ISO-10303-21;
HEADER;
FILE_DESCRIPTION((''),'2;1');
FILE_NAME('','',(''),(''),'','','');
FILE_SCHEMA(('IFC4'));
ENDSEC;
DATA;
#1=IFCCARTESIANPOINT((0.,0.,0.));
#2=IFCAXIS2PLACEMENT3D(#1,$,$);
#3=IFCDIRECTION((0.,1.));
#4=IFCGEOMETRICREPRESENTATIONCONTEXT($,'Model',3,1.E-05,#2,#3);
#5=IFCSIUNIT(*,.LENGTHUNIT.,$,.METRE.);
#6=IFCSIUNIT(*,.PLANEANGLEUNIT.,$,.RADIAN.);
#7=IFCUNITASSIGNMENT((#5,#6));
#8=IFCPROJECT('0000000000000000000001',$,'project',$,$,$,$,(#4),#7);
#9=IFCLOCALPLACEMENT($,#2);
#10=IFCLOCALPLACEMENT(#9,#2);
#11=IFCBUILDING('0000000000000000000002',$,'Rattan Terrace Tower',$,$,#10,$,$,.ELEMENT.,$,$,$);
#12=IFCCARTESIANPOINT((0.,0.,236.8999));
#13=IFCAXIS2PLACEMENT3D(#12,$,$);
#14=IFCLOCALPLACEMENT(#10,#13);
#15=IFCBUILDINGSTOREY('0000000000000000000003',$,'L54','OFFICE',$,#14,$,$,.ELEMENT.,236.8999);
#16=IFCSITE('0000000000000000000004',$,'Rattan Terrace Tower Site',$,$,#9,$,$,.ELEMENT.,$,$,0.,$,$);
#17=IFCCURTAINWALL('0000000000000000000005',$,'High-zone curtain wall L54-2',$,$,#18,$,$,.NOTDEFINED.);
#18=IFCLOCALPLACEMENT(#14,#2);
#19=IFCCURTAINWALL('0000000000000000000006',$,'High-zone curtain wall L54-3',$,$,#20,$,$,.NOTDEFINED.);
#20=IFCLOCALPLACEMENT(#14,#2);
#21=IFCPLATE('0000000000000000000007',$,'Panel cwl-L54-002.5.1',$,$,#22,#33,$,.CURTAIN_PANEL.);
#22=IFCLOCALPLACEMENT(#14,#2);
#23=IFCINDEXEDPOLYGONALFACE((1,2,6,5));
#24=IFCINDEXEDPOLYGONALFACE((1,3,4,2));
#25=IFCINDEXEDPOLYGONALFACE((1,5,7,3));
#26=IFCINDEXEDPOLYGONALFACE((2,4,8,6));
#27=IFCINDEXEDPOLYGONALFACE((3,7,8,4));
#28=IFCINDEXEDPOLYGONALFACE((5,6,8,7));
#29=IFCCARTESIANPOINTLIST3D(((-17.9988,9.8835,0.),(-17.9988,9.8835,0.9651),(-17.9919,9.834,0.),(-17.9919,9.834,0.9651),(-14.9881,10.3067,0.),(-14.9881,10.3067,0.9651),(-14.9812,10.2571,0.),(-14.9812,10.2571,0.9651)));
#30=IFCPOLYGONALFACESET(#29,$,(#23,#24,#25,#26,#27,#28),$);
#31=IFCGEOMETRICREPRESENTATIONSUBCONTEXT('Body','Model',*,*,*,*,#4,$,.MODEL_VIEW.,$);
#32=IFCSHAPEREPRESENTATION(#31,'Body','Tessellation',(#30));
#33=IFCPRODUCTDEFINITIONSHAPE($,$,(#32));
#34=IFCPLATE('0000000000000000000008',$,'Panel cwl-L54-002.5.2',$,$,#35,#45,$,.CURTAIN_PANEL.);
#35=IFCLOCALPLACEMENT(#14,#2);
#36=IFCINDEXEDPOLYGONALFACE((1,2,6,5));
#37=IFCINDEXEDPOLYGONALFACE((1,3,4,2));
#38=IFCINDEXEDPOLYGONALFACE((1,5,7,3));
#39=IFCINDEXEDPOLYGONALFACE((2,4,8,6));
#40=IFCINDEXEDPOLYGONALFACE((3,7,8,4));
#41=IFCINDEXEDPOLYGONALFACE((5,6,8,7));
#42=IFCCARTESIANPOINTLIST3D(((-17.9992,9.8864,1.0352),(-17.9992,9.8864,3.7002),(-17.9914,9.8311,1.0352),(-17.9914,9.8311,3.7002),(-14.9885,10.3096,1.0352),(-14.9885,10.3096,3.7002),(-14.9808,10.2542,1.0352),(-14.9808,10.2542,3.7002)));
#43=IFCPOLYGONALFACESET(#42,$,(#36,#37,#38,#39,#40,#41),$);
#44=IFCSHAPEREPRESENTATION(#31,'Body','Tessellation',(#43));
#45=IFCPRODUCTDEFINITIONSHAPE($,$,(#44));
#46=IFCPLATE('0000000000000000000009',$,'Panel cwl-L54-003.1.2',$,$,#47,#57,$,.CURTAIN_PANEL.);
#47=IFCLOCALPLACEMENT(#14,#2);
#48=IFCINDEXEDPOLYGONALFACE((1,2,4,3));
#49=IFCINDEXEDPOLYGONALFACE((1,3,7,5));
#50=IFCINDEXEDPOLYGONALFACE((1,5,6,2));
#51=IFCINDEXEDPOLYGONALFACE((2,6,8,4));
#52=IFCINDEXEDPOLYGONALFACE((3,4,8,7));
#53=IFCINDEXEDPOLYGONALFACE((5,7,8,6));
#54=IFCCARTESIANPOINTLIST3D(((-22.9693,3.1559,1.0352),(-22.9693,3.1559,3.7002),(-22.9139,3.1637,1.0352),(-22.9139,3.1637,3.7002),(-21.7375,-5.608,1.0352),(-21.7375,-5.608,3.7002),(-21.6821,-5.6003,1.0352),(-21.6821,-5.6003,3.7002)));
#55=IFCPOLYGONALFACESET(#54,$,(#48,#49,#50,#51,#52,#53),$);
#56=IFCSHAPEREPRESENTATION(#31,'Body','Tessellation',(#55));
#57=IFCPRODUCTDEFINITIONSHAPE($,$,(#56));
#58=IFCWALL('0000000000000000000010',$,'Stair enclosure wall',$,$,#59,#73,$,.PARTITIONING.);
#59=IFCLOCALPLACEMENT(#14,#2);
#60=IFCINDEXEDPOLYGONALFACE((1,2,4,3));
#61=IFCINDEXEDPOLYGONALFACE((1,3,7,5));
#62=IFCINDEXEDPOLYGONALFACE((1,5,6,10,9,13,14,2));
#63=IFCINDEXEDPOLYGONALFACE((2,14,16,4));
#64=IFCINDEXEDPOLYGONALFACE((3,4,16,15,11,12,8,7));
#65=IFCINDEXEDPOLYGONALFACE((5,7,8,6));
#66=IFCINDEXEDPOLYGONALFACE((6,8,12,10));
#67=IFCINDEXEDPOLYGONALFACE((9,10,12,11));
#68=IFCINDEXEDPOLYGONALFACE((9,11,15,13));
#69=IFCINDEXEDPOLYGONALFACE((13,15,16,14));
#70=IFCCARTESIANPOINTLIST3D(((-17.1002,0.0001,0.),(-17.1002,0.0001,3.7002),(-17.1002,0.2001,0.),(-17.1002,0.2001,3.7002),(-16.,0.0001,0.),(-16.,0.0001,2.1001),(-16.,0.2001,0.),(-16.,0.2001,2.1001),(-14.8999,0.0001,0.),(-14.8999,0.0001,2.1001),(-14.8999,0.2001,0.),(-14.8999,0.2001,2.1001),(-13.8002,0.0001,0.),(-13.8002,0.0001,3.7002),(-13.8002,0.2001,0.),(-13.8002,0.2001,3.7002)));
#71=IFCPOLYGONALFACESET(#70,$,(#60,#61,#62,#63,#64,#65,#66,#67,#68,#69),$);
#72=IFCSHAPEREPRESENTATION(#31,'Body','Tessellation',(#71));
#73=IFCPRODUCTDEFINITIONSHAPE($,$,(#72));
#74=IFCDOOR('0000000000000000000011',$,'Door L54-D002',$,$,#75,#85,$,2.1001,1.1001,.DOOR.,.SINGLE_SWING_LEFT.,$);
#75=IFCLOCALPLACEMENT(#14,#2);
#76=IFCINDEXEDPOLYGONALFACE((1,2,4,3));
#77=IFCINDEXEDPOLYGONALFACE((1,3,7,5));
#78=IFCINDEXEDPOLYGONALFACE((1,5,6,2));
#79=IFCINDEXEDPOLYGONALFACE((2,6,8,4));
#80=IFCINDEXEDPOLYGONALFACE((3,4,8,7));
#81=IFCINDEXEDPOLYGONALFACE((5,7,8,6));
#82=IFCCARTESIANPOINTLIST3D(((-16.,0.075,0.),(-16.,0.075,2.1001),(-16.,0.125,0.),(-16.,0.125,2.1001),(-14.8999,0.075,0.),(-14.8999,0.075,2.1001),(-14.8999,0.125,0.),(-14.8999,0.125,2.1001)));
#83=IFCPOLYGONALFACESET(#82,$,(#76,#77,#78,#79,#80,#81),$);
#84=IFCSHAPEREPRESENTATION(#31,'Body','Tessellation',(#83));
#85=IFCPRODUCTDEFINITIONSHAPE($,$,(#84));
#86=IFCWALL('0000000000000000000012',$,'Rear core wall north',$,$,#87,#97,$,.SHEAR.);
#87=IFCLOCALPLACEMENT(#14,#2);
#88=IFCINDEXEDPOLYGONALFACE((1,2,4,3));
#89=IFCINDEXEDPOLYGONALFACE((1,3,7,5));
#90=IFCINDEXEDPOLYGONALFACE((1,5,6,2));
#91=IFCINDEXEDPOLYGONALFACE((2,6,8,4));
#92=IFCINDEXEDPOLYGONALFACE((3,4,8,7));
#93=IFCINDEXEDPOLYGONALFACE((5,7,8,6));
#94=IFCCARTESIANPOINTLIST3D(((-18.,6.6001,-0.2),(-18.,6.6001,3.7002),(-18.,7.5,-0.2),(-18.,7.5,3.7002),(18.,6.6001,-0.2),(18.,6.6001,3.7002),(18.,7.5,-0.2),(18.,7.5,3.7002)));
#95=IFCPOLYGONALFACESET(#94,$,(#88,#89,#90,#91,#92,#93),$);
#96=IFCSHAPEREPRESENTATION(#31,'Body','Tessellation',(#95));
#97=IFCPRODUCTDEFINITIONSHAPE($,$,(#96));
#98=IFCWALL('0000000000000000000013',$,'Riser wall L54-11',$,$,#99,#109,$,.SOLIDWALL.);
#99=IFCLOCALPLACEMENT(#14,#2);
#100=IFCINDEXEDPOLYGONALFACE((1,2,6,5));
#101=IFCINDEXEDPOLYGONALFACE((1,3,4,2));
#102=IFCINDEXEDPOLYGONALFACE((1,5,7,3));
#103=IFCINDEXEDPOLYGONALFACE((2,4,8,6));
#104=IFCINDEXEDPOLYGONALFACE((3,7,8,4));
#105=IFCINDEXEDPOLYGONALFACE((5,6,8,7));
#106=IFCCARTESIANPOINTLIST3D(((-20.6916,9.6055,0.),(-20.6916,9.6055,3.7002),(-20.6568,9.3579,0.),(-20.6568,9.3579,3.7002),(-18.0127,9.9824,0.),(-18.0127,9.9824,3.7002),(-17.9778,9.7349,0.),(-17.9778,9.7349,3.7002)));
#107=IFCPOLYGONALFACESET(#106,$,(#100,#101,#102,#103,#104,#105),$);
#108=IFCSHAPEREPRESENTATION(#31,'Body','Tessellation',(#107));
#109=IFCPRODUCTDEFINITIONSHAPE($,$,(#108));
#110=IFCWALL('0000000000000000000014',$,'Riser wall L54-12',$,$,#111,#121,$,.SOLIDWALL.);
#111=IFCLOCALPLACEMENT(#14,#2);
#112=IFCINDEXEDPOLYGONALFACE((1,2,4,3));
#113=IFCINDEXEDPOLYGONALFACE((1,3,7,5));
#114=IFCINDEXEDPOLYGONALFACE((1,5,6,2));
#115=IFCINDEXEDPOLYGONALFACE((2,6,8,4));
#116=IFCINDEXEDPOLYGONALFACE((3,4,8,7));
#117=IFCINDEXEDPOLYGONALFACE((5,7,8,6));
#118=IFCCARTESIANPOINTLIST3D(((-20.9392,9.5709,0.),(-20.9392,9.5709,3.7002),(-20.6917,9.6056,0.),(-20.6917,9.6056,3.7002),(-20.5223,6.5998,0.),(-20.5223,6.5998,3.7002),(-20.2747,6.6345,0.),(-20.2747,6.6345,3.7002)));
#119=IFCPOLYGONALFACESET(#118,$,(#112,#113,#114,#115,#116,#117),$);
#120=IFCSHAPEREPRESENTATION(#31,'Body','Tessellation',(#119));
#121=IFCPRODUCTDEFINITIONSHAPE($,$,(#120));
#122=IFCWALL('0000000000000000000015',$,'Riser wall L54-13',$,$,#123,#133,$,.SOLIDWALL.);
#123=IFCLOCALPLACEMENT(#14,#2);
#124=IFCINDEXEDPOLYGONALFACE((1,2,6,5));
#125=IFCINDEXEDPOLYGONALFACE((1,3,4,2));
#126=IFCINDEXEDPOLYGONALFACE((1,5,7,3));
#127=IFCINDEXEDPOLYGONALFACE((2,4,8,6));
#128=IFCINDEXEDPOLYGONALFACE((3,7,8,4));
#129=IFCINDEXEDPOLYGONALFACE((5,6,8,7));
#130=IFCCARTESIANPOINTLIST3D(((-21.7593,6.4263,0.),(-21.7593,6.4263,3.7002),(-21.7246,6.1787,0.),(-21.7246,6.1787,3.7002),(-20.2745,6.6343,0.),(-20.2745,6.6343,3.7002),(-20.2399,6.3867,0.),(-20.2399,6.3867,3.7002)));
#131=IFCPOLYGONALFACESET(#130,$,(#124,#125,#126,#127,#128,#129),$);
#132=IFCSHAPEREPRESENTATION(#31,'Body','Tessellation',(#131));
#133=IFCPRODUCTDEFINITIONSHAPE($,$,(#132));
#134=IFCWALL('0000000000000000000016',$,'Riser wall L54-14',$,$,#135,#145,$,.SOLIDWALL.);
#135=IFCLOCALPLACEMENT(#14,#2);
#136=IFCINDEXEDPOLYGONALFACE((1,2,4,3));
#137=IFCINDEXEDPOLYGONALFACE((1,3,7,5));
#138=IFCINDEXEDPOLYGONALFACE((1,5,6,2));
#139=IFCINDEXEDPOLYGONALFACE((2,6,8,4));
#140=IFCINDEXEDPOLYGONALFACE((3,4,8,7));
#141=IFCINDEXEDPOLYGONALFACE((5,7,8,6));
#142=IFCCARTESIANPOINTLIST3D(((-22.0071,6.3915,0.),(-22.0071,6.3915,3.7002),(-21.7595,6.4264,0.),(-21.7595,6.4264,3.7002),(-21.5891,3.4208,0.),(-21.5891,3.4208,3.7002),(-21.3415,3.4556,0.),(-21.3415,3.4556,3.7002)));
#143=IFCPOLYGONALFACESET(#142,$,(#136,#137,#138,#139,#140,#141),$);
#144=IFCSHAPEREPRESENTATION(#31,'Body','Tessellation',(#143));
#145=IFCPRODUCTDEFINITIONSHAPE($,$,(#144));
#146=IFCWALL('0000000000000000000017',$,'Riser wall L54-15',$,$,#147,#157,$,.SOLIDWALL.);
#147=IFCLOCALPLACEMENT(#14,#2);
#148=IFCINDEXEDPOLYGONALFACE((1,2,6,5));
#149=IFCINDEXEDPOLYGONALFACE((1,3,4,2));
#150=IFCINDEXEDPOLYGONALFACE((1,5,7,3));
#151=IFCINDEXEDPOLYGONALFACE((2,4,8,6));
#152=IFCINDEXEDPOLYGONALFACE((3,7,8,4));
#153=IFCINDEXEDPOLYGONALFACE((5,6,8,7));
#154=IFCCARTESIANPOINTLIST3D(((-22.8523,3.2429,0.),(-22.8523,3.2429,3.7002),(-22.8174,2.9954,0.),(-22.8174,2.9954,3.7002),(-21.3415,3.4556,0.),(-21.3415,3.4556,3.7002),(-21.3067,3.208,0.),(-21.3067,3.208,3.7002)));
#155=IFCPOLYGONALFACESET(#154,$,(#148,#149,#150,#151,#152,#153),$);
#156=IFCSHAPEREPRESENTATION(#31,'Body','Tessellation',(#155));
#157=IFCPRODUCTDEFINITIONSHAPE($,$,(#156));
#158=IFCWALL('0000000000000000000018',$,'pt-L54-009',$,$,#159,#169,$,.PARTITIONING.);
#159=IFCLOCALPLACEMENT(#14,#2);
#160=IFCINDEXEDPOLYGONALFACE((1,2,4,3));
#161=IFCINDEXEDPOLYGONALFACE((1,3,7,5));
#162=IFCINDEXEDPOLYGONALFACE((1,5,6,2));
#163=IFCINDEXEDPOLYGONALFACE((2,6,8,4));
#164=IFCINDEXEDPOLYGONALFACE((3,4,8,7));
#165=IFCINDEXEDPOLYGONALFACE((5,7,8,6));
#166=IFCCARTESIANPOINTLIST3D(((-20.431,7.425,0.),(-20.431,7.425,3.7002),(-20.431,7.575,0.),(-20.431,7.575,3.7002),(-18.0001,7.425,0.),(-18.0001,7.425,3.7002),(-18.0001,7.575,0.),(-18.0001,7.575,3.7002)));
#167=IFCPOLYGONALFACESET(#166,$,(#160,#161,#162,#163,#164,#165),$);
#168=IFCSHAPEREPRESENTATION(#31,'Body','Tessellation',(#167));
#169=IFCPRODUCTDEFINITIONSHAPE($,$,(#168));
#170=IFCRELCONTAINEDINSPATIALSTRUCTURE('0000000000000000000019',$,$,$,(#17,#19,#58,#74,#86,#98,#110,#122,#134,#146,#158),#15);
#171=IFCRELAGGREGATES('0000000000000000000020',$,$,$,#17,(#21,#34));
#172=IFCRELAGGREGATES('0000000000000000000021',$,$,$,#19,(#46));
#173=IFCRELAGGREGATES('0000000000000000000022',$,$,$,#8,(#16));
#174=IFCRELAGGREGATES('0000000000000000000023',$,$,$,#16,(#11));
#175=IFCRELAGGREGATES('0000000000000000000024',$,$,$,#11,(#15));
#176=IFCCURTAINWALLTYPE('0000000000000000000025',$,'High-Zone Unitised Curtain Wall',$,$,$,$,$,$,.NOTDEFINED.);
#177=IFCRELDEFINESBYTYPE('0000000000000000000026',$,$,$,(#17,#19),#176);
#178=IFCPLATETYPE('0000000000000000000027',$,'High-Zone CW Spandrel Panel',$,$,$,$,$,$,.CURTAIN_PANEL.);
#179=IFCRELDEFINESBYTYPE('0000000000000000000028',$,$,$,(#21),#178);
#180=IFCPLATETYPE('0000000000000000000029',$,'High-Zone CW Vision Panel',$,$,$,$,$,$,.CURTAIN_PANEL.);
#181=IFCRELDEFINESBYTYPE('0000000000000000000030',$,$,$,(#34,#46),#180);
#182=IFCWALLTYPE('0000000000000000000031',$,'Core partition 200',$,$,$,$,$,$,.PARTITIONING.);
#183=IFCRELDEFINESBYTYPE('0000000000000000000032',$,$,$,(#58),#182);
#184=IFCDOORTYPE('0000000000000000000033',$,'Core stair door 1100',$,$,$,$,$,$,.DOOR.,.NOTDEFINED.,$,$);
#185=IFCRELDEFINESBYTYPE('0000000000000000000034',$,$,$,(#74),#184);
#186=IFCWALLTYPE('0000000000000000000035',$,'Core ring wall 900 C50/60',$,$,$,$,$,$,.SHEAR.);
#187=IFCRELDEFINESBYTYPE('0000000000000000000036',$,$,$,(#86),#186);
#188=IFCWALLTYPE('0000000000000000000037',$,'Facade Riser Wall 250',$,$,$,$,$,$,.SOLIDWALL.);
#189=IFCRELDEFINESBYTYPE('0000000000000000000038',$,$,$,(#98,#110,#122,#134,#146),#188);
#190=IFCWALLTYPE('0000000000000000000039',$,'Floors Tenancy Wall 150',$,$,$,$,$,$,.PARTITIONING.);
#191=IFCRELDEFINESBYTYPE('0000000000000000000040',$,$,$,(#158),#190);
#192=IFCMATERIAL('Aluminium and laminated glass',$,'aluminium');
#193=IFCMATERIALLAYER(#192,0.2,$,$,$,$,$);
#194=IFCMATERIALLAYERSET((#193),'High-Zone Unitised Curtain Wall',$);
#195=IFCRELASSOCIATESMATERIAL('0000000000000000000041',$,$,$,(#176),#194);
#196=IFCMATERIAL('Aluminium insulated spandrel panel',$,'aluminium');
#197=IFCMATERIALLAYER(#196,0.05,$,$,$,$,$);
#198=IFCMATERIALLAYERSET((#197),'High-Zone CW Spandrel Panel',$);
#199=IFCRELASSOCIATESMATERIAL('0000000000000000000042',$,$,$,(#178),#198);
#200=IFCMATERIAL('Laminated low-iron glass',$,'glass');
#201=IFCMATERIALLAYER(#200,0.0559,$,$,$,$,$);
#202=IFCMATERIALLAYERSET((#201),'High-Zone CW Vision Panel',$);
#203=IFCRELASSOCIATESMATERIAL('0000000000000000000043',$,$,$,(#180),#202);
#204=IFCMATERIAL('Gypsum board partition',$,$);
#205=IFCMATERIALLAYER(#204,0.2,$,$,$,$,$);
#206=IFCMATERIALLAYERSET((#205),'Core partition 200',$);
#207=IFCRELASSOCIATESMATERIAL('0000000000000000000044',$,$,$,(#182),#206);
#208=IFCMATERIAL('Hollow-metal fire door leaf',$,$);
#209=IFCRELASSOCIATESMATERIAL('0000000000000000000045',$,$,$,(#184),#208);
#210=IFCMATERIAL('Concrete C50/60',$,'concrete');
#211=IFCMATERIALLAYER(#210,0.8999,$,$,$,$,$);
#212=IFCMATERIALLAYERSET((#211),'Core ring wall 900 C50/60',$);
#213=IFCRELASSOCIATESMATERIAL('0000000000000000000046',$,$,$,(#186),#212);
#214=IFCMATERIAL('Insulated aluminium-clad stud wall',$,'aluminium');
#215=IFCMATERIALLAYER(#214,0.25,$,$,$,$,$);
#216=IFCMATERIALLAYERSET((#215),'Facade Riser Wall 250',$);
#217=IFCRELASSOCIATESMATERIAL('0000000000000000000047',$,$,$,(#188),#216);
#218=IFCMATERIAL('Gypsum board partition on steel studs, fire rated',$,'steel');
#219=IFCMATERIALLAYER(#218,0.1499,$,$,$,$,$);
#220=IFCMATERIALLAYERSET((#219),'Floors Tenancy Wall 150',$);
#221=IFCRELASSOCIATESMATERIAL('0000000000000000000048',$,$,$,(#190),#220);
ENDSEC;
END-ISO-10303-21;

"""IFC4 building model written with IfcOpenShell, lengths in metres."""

from ifc_helpers import new_model, si_unit, direction, frame, frame_2d, origin, origin_2d, place, context, subcontext, project, spatial, rectangle, extrude, material, layer, layer_set, type_object, element, fill, aggregate, save


model = new_model("IFC4")

# Units and contexts
model_context = context("Model", 3, precision=1e-05, world=origin(), true_north=direction((0.0, 1.0)))
body_context = subcontext(model_context, "Body", "Model", "MODEL_VIEW")
ifc_project = project(units=[si_unit("LENGTHUNIT", "METRE"), si_unit("PLANEANGLEUNIT", "RADIAN")], contexts=[model_context])

# Site, building, storey
site_placement = place(None, origin())
site = spatial("IfcSite", under=ifc_project, at=site_placement, Name="Rattan Terrace Tower Site", CompositionType="ELEMENT", RefElevation=0.0)
building_placement = place(site_placement, origin())
building = spatial("IfcBuilding", under=site, at=building_placement, Name="Rattan Terrace Tower", CompositionType="ELEMENT")
storey_placement = place(building_placement, frame((0.0, 0.0, 236.8999)))
storey = spatial("IfcBuildingStorey", under=building, at=storey_placement, Name="L54", Description="OFFICE", CompositionType="ELEMENT", Elevation=236.8999)

# Curtain walls
ifc_material_1 = material(Name="Aluminium and laminated glass", Category="aluminium")
ifc_layer_1 = layer(ifc_material_1, 0.2)
ifc_layer_set_1 = layer_set([ifc_layer_1], Name="High-Zone Unitised Curtain Wall")
curtain_wall_type = type_object("IfcCurtainWallType", Name="High-Zone Unitised Curtain Wall", PredefinedType="NOTDEFINED", material=ifc_layer_set_1)
curtain_wall_1_placement = place(storey_placement, origin())
curtain_wall_1 = element("IfcCurtainWall", 1, at=curtain_wall_1_placement, inside=storey, type_object=curtain_wall_type, Name="High-zone curtain wall L54-2", PredefinedType="NOTDEFINED")
curtain_wall_2_placement = place(storey_placement, origin())
curtain_wall_2 = element("IfcCurtainWall", 2, at=curtain_wall_2_placement, inside=storey, type_object=curtain_wall_type, Name="High-zone curtain wall L54-3", PredefinedType="NOTDEFINED")

# Plates
ifc_material_2 = material(Name="Aluminium insulated spandrel panel", Category="aluminium")
ifc_layer_2 = layer(ifc_material_2, 0.05)
ifc_layer_set_2 = layer_set([ifc_layer_2], Name="High-Zone CW Spandrel Panel")
plate_type_1 = type_object("IfcPlateType", Name="High-Zone CW Spandrel Panel", PredefinedType="CURTAIN_PANEL", material=ifc_layer_set_2)
plate_1_placement = place(storey_placement, frame((-16.49, 10.0703, 0.0), z_axis=(0.0, 0.0, 1.0), x_axis=(-0.990267, -0.139177, 0.0)))
plate_1 = element("IfcPlate", 3, at=plate_1_placement, type_object=plate_type_1, Name="Panel cwl-L54-002.5.1", PredefinedType="CURTAIN_PANEL", context=body_context, shape_type="SweptSolid", body=[
    extrude(rectangle(XDim=3.0403, YDim=0.05, at=origin_2d()), origin(), (0.0, 0.0, 1.0), 0.9651),
])
ifc_material_3 = material(Name="Laminated low-iron glass", Category="glass")
ifc_layer_3 = layer(ifc_material_3, 0.0559)
ifc_layer_set_3 = layer_set([ifc_layer_3], Name="High-Zone CW Vision Panel")
plate_type_2 = type_object("IfcPlateType", Name="High-Zone CW Vision Panel", PredefinedType="CURTAIN_PANEL", material=ifc_layer_set_3)
plate_2_placement = place(storey_placement, frame((-16.49, 10.0703, 1.0352), z_axis=(0.0, 0.0, 1.0), x_axis=(-0.990267, -0.139177, 0.0)))
plate_2 = element("IfcPlate", 4, at=plate_2_placement, type_object=plate_type_2, Name="Panel cwl-L54-002.5.2", PredefinedType="CURTAIN_PANEL", context=body_context, shape_type="SweptSolid", body=[
    extrude(rectangle(XDim=3.0403, YDim=0.0559, at=origin_2d()), origin(), (0.0, 0.0, 1.0), 2.665),
])
aggregate(curtain_wall_1, [plate_1, plate_2])
plate_3_placement = place(storey_placement, frame((-22.3257, -1.2222, 1.0352), z_axis=(0.0, 0.0, 1.0), x_axis=(0.139186, -0.990266, 0.0)))
plate_3 = element("IfcPlate", 5, at=plate_3_placement, type_object=plate_type_2, Name="Panel cwl-L54-003.1.2", PredefinedType="CURTAIN_PANEL", context=body_context, shape_type="SweptSolid", body=[
    extrude(rectangle(XDim=8.8501, YDim=0.0559, at=origin_2d()), origin(), (0.0, 0.0, 1.0), 2.665),
])
aggregate(curtain_wall_2, [plate_3])

# Wall, opening, door
ifc_material_4 = material(Name="Gypsum board partition")
ifc_layer_4 = layer(ifc_material_4, 0.2)
ifc_layer_set_4 = layer_set([ifc_layer_4], Name="Core partition 200")
wall_type_1 = type_object("IfcWallType", Name="Core partition 200", PredefinedType="PARTITIONING", material=ifc_layer_set_4)
wall_1_placement = place(storey_placement, frame((-17.1001, 0.1001, 0.0), z_axis=(0.0, 0.0, 1.0), x_axis=(1.0, 0.0, 0.0)))
wall_1 = element("IfcWall", 6, at=wall_1_placement, inside=storey, type_object=wall_type_1, Name="Stair enclosure wall", PredefinedType="PARTITIONING", context=body_context, shape_type="SweptSolid", body=[
    extrude(rectangle(XDim=3.3, YDim=0.2, at=frame_2d((1.6499, 0.0))), origin(), (0.0, 0.0, 1.0), 3.7002),
])
opening_placement = place(wall_1_placement, frame((1.1001, 0.0, 0.0)))
opening = element("IfcOpeningElement", 7, at=opening_placement, cuts=wall_1, PredefinedType="OPENING", context=body_context, shape_type="SweptSolid", body=[
    extrude(rectangle(XDim=1.1001, YDim=2.1001, at=frame_2d((0.55, 1.05))), frame((0.0, 0.1106, 0.0), z_axis=(0.0, -1.0, 0.0), x_axis=(1.0, 0.0, 0.0)), (0.0, 0.0, 1.0), 0.2209),
])
ifc_material_5 = material(Name="Hollow-metal fire door leaf")
door_type = type_object("IfcDoorType", Name="Core stair door 1100", OperationType="NOTDEFINED", PredefinedType="DOOR", material=ifc_material_5)
door_placement = place(opening_placement, origin())
door = element("IfcDoor", 8, at=door_placement, inside=storey, type_object=door_type, Name="Door L54-D002", OperationType="SINGLE_SWING_LEFT", OverallHeight=2.1001, OverallWidth=1.1001, PredefinedType="DOOR", context=body_context, shape_type="SweptSolid", body=[
    extrude(rectangle(XDim=1.1001, YDim=2.1001, at=frame_2d((0.55, 1.05))), frame((0.0, 0.0249, 0.0), z_axis=(0.0, -1.0, 0.0), x_axis=(1.0, 0.0, 0.0)), (0.0, 0.0, 1.0), 0.05),
])
fill(opening, door)

# Walls
ifc_material_6 = material(Name="Concrete C50/60", Category="concrete")
ifc_layer_5 = layer(ifc_material_6, 0.8999)
ifc_layer_set_5 = layer_set([ifc_layer_5], Name="Core ring wall 900 C50/60")
wall_type_2 = type_object("IfcWallType", Name="Core ring wall 900 C50/60", PredefinedType="SHEAR", material=ifc_layer_set_5)
wall_2_placement = place(storey_placement, frame((-18.0, 7.05, -0.2), z_axis=(0.0, 0.0, 1.0), x_axis=(1.0, 0.0, 0.0)))
element("IfcWall", 9, at=wall_2_placement, inside=storey, type_object=wall_type_2, Name="Rear core wall north", PredefinedType="SHEAR", context=body_context, shape_type="SweptSolid", body=[
    extrude(rectangle(XDim=36.0, YDim=0.8999, at=frame_2d((18.0, 0.0))), origin(), (0.0, 0.0, 1.0), 3.9001),
])
ifc_material_7 = material(Name="Insulated aluminium-clad stud wall", Category="aluminium")
ifc_layer_6 = layer(ifc_material_7, 0.25)
ifc_layer_set_6 = layer_set([ifc_layer_6], Name="Facade Riser Wall 250")
wall_type_3 = type_object("IfcWallType", Name="Facade Riser Wall 250", PredefinedType="SOLIDWALL", material=ifc_layer_set_6)
wall_3_placement = place(storey_placement, frame((-17.9954, 9.8586, 0.0), z_axis=(0.0, 0.0, 1.0), x_axis=(-0.990245, -0.139336, 0.0)))
element("IfcWall", 10, at=wall_3_placement, inside=storey, type_object=wall_type_3, Name="Riser wall L54-11", PredefinedType="SOLIDWALL", context=body_context, shape_type="SweptSolid", body=[
    extrude(rectangle(XDim=2.7053, YDim=0.25, at=frame_2d((1.3525, 0.0))), origin(), (0.0, 0.0, 1.0), 3.7002),
])
wall_4_placement = place(storey_placement, frame((-20.8154, 9.5881, 0.0), z_axis=(0.0, 0.0, 1.0), x_axis=(0.138983, -0.990295, 0.0)))
element("IfcWall", 11, at=wall_4_placement, inside=storey, type_object=wall_type_3, Name="Riser wall L54-12", PredefinedType="SOLIDWALL", context=body_context, shape_type="SweptSolid", body=[
    extrude(rectangle(XDim=3.0002, YDim=0.25, at=frame_2d((1.5, 0.0))), origin(), (0.0, 0.0, 1.0), 3.7002),
])
wall_5_placement = place(storey_placement, frame((-20.2573, 6.5105, 0.0), z_axis=(0.0, 0.0, 1.0), x_axis=(-0.99033, -0.138731, 0.0)))
element("IfcWall", 12, at=wall_5_placement, inside=storey, type_object=wall_type_3, Name="Riser wall L54-13", PredefinedType="SOLIDWALL", context=body_context, shape_type="SweptSolid", body=[
    extrude(rectangle(XDim=1.4993, YDim=0.25, at=frame_2d((0.7495, 0.0))), origin(), (0.0, 0.0, 1.0), 3.7002),
])
wall_6_placement = place(storey_placement, frame((-21.8833, 6.4089, 0.0), z_axis=(0.0, 0.0, 1.0), x_axis=(0.139325, -0.990247, 0.0)))
element("IfcWall", 13, at=wall_6_placement, inside=storey, type_object=wall_type_3, Name="Riser wall L54-14", PredefinedType="SOLIDWALL", context=body_context, shape_type="SweptSolid", body=[
    extrude(rectangle(XDim=3.0, YDim=0.25, at=frame_2d((1.5, 0.0))), origin(), (0.0, 0.0, 1.0), 3.7002),
])
wall_7_placement = place(storey_placement, frame((-21.3242, 3.3318, 0.0), z_axis=(0.0, 0.0, 1.0), x_axis=(-0.990239, -0.139382, 0.0)))
element("IfcWall", 14, at=wall_7_placement, inside=storey, type_object=wall_type_3, Name="Riser wall L54-15", PredefinedType="SOLIDWALL", context=body_context, shape_type="SweptSolid", body=[
    extrude(rectangle(XDim=1.5256, YDim=0.25, at=frame_2d((0.7627, 0.0))), origin(), (0.0, 0.0, 1.0), 3.7002),
])
ifc_material_8 = material(Name="Gypsum board partition on steel studs, fire rated", Category="steel")
ifc_layer_7 = layer(ifc_material_8, 0.1499)
ifc_layer_set_7 = layer_set([ifc_layer_7], Name="Floors Tenancy Wall 150")
wall_type_4 = type_object("IfcWallType", Name="Floors Tenancy Wall 150", PredefinedType="PARTITIONING", material=ifc_layer_set_7)
wall_8_placement = place(storey_placement, frame((-20.4309, 7.5, 0.0), z_axis=(0.0, 0.0, 1.0), x_axis=(1.0, 0.0, 0.0)))
element("IfcWall", 15, at=wall_8_placement, inside=storey, type_object=wall_type_4, Name="pt-L54-009", PredefinedType="PARTITIONING", context=body_context, shape_type="SweptSolid", body=[
    extrude(rectangle(XDim=2.4309, YDim=0.1499, at=frame_2d((1.2153, 0.0))), origin(), (0.0, 0.0, 1.0), 3.7002),
])

save(model, "model.ifc")
